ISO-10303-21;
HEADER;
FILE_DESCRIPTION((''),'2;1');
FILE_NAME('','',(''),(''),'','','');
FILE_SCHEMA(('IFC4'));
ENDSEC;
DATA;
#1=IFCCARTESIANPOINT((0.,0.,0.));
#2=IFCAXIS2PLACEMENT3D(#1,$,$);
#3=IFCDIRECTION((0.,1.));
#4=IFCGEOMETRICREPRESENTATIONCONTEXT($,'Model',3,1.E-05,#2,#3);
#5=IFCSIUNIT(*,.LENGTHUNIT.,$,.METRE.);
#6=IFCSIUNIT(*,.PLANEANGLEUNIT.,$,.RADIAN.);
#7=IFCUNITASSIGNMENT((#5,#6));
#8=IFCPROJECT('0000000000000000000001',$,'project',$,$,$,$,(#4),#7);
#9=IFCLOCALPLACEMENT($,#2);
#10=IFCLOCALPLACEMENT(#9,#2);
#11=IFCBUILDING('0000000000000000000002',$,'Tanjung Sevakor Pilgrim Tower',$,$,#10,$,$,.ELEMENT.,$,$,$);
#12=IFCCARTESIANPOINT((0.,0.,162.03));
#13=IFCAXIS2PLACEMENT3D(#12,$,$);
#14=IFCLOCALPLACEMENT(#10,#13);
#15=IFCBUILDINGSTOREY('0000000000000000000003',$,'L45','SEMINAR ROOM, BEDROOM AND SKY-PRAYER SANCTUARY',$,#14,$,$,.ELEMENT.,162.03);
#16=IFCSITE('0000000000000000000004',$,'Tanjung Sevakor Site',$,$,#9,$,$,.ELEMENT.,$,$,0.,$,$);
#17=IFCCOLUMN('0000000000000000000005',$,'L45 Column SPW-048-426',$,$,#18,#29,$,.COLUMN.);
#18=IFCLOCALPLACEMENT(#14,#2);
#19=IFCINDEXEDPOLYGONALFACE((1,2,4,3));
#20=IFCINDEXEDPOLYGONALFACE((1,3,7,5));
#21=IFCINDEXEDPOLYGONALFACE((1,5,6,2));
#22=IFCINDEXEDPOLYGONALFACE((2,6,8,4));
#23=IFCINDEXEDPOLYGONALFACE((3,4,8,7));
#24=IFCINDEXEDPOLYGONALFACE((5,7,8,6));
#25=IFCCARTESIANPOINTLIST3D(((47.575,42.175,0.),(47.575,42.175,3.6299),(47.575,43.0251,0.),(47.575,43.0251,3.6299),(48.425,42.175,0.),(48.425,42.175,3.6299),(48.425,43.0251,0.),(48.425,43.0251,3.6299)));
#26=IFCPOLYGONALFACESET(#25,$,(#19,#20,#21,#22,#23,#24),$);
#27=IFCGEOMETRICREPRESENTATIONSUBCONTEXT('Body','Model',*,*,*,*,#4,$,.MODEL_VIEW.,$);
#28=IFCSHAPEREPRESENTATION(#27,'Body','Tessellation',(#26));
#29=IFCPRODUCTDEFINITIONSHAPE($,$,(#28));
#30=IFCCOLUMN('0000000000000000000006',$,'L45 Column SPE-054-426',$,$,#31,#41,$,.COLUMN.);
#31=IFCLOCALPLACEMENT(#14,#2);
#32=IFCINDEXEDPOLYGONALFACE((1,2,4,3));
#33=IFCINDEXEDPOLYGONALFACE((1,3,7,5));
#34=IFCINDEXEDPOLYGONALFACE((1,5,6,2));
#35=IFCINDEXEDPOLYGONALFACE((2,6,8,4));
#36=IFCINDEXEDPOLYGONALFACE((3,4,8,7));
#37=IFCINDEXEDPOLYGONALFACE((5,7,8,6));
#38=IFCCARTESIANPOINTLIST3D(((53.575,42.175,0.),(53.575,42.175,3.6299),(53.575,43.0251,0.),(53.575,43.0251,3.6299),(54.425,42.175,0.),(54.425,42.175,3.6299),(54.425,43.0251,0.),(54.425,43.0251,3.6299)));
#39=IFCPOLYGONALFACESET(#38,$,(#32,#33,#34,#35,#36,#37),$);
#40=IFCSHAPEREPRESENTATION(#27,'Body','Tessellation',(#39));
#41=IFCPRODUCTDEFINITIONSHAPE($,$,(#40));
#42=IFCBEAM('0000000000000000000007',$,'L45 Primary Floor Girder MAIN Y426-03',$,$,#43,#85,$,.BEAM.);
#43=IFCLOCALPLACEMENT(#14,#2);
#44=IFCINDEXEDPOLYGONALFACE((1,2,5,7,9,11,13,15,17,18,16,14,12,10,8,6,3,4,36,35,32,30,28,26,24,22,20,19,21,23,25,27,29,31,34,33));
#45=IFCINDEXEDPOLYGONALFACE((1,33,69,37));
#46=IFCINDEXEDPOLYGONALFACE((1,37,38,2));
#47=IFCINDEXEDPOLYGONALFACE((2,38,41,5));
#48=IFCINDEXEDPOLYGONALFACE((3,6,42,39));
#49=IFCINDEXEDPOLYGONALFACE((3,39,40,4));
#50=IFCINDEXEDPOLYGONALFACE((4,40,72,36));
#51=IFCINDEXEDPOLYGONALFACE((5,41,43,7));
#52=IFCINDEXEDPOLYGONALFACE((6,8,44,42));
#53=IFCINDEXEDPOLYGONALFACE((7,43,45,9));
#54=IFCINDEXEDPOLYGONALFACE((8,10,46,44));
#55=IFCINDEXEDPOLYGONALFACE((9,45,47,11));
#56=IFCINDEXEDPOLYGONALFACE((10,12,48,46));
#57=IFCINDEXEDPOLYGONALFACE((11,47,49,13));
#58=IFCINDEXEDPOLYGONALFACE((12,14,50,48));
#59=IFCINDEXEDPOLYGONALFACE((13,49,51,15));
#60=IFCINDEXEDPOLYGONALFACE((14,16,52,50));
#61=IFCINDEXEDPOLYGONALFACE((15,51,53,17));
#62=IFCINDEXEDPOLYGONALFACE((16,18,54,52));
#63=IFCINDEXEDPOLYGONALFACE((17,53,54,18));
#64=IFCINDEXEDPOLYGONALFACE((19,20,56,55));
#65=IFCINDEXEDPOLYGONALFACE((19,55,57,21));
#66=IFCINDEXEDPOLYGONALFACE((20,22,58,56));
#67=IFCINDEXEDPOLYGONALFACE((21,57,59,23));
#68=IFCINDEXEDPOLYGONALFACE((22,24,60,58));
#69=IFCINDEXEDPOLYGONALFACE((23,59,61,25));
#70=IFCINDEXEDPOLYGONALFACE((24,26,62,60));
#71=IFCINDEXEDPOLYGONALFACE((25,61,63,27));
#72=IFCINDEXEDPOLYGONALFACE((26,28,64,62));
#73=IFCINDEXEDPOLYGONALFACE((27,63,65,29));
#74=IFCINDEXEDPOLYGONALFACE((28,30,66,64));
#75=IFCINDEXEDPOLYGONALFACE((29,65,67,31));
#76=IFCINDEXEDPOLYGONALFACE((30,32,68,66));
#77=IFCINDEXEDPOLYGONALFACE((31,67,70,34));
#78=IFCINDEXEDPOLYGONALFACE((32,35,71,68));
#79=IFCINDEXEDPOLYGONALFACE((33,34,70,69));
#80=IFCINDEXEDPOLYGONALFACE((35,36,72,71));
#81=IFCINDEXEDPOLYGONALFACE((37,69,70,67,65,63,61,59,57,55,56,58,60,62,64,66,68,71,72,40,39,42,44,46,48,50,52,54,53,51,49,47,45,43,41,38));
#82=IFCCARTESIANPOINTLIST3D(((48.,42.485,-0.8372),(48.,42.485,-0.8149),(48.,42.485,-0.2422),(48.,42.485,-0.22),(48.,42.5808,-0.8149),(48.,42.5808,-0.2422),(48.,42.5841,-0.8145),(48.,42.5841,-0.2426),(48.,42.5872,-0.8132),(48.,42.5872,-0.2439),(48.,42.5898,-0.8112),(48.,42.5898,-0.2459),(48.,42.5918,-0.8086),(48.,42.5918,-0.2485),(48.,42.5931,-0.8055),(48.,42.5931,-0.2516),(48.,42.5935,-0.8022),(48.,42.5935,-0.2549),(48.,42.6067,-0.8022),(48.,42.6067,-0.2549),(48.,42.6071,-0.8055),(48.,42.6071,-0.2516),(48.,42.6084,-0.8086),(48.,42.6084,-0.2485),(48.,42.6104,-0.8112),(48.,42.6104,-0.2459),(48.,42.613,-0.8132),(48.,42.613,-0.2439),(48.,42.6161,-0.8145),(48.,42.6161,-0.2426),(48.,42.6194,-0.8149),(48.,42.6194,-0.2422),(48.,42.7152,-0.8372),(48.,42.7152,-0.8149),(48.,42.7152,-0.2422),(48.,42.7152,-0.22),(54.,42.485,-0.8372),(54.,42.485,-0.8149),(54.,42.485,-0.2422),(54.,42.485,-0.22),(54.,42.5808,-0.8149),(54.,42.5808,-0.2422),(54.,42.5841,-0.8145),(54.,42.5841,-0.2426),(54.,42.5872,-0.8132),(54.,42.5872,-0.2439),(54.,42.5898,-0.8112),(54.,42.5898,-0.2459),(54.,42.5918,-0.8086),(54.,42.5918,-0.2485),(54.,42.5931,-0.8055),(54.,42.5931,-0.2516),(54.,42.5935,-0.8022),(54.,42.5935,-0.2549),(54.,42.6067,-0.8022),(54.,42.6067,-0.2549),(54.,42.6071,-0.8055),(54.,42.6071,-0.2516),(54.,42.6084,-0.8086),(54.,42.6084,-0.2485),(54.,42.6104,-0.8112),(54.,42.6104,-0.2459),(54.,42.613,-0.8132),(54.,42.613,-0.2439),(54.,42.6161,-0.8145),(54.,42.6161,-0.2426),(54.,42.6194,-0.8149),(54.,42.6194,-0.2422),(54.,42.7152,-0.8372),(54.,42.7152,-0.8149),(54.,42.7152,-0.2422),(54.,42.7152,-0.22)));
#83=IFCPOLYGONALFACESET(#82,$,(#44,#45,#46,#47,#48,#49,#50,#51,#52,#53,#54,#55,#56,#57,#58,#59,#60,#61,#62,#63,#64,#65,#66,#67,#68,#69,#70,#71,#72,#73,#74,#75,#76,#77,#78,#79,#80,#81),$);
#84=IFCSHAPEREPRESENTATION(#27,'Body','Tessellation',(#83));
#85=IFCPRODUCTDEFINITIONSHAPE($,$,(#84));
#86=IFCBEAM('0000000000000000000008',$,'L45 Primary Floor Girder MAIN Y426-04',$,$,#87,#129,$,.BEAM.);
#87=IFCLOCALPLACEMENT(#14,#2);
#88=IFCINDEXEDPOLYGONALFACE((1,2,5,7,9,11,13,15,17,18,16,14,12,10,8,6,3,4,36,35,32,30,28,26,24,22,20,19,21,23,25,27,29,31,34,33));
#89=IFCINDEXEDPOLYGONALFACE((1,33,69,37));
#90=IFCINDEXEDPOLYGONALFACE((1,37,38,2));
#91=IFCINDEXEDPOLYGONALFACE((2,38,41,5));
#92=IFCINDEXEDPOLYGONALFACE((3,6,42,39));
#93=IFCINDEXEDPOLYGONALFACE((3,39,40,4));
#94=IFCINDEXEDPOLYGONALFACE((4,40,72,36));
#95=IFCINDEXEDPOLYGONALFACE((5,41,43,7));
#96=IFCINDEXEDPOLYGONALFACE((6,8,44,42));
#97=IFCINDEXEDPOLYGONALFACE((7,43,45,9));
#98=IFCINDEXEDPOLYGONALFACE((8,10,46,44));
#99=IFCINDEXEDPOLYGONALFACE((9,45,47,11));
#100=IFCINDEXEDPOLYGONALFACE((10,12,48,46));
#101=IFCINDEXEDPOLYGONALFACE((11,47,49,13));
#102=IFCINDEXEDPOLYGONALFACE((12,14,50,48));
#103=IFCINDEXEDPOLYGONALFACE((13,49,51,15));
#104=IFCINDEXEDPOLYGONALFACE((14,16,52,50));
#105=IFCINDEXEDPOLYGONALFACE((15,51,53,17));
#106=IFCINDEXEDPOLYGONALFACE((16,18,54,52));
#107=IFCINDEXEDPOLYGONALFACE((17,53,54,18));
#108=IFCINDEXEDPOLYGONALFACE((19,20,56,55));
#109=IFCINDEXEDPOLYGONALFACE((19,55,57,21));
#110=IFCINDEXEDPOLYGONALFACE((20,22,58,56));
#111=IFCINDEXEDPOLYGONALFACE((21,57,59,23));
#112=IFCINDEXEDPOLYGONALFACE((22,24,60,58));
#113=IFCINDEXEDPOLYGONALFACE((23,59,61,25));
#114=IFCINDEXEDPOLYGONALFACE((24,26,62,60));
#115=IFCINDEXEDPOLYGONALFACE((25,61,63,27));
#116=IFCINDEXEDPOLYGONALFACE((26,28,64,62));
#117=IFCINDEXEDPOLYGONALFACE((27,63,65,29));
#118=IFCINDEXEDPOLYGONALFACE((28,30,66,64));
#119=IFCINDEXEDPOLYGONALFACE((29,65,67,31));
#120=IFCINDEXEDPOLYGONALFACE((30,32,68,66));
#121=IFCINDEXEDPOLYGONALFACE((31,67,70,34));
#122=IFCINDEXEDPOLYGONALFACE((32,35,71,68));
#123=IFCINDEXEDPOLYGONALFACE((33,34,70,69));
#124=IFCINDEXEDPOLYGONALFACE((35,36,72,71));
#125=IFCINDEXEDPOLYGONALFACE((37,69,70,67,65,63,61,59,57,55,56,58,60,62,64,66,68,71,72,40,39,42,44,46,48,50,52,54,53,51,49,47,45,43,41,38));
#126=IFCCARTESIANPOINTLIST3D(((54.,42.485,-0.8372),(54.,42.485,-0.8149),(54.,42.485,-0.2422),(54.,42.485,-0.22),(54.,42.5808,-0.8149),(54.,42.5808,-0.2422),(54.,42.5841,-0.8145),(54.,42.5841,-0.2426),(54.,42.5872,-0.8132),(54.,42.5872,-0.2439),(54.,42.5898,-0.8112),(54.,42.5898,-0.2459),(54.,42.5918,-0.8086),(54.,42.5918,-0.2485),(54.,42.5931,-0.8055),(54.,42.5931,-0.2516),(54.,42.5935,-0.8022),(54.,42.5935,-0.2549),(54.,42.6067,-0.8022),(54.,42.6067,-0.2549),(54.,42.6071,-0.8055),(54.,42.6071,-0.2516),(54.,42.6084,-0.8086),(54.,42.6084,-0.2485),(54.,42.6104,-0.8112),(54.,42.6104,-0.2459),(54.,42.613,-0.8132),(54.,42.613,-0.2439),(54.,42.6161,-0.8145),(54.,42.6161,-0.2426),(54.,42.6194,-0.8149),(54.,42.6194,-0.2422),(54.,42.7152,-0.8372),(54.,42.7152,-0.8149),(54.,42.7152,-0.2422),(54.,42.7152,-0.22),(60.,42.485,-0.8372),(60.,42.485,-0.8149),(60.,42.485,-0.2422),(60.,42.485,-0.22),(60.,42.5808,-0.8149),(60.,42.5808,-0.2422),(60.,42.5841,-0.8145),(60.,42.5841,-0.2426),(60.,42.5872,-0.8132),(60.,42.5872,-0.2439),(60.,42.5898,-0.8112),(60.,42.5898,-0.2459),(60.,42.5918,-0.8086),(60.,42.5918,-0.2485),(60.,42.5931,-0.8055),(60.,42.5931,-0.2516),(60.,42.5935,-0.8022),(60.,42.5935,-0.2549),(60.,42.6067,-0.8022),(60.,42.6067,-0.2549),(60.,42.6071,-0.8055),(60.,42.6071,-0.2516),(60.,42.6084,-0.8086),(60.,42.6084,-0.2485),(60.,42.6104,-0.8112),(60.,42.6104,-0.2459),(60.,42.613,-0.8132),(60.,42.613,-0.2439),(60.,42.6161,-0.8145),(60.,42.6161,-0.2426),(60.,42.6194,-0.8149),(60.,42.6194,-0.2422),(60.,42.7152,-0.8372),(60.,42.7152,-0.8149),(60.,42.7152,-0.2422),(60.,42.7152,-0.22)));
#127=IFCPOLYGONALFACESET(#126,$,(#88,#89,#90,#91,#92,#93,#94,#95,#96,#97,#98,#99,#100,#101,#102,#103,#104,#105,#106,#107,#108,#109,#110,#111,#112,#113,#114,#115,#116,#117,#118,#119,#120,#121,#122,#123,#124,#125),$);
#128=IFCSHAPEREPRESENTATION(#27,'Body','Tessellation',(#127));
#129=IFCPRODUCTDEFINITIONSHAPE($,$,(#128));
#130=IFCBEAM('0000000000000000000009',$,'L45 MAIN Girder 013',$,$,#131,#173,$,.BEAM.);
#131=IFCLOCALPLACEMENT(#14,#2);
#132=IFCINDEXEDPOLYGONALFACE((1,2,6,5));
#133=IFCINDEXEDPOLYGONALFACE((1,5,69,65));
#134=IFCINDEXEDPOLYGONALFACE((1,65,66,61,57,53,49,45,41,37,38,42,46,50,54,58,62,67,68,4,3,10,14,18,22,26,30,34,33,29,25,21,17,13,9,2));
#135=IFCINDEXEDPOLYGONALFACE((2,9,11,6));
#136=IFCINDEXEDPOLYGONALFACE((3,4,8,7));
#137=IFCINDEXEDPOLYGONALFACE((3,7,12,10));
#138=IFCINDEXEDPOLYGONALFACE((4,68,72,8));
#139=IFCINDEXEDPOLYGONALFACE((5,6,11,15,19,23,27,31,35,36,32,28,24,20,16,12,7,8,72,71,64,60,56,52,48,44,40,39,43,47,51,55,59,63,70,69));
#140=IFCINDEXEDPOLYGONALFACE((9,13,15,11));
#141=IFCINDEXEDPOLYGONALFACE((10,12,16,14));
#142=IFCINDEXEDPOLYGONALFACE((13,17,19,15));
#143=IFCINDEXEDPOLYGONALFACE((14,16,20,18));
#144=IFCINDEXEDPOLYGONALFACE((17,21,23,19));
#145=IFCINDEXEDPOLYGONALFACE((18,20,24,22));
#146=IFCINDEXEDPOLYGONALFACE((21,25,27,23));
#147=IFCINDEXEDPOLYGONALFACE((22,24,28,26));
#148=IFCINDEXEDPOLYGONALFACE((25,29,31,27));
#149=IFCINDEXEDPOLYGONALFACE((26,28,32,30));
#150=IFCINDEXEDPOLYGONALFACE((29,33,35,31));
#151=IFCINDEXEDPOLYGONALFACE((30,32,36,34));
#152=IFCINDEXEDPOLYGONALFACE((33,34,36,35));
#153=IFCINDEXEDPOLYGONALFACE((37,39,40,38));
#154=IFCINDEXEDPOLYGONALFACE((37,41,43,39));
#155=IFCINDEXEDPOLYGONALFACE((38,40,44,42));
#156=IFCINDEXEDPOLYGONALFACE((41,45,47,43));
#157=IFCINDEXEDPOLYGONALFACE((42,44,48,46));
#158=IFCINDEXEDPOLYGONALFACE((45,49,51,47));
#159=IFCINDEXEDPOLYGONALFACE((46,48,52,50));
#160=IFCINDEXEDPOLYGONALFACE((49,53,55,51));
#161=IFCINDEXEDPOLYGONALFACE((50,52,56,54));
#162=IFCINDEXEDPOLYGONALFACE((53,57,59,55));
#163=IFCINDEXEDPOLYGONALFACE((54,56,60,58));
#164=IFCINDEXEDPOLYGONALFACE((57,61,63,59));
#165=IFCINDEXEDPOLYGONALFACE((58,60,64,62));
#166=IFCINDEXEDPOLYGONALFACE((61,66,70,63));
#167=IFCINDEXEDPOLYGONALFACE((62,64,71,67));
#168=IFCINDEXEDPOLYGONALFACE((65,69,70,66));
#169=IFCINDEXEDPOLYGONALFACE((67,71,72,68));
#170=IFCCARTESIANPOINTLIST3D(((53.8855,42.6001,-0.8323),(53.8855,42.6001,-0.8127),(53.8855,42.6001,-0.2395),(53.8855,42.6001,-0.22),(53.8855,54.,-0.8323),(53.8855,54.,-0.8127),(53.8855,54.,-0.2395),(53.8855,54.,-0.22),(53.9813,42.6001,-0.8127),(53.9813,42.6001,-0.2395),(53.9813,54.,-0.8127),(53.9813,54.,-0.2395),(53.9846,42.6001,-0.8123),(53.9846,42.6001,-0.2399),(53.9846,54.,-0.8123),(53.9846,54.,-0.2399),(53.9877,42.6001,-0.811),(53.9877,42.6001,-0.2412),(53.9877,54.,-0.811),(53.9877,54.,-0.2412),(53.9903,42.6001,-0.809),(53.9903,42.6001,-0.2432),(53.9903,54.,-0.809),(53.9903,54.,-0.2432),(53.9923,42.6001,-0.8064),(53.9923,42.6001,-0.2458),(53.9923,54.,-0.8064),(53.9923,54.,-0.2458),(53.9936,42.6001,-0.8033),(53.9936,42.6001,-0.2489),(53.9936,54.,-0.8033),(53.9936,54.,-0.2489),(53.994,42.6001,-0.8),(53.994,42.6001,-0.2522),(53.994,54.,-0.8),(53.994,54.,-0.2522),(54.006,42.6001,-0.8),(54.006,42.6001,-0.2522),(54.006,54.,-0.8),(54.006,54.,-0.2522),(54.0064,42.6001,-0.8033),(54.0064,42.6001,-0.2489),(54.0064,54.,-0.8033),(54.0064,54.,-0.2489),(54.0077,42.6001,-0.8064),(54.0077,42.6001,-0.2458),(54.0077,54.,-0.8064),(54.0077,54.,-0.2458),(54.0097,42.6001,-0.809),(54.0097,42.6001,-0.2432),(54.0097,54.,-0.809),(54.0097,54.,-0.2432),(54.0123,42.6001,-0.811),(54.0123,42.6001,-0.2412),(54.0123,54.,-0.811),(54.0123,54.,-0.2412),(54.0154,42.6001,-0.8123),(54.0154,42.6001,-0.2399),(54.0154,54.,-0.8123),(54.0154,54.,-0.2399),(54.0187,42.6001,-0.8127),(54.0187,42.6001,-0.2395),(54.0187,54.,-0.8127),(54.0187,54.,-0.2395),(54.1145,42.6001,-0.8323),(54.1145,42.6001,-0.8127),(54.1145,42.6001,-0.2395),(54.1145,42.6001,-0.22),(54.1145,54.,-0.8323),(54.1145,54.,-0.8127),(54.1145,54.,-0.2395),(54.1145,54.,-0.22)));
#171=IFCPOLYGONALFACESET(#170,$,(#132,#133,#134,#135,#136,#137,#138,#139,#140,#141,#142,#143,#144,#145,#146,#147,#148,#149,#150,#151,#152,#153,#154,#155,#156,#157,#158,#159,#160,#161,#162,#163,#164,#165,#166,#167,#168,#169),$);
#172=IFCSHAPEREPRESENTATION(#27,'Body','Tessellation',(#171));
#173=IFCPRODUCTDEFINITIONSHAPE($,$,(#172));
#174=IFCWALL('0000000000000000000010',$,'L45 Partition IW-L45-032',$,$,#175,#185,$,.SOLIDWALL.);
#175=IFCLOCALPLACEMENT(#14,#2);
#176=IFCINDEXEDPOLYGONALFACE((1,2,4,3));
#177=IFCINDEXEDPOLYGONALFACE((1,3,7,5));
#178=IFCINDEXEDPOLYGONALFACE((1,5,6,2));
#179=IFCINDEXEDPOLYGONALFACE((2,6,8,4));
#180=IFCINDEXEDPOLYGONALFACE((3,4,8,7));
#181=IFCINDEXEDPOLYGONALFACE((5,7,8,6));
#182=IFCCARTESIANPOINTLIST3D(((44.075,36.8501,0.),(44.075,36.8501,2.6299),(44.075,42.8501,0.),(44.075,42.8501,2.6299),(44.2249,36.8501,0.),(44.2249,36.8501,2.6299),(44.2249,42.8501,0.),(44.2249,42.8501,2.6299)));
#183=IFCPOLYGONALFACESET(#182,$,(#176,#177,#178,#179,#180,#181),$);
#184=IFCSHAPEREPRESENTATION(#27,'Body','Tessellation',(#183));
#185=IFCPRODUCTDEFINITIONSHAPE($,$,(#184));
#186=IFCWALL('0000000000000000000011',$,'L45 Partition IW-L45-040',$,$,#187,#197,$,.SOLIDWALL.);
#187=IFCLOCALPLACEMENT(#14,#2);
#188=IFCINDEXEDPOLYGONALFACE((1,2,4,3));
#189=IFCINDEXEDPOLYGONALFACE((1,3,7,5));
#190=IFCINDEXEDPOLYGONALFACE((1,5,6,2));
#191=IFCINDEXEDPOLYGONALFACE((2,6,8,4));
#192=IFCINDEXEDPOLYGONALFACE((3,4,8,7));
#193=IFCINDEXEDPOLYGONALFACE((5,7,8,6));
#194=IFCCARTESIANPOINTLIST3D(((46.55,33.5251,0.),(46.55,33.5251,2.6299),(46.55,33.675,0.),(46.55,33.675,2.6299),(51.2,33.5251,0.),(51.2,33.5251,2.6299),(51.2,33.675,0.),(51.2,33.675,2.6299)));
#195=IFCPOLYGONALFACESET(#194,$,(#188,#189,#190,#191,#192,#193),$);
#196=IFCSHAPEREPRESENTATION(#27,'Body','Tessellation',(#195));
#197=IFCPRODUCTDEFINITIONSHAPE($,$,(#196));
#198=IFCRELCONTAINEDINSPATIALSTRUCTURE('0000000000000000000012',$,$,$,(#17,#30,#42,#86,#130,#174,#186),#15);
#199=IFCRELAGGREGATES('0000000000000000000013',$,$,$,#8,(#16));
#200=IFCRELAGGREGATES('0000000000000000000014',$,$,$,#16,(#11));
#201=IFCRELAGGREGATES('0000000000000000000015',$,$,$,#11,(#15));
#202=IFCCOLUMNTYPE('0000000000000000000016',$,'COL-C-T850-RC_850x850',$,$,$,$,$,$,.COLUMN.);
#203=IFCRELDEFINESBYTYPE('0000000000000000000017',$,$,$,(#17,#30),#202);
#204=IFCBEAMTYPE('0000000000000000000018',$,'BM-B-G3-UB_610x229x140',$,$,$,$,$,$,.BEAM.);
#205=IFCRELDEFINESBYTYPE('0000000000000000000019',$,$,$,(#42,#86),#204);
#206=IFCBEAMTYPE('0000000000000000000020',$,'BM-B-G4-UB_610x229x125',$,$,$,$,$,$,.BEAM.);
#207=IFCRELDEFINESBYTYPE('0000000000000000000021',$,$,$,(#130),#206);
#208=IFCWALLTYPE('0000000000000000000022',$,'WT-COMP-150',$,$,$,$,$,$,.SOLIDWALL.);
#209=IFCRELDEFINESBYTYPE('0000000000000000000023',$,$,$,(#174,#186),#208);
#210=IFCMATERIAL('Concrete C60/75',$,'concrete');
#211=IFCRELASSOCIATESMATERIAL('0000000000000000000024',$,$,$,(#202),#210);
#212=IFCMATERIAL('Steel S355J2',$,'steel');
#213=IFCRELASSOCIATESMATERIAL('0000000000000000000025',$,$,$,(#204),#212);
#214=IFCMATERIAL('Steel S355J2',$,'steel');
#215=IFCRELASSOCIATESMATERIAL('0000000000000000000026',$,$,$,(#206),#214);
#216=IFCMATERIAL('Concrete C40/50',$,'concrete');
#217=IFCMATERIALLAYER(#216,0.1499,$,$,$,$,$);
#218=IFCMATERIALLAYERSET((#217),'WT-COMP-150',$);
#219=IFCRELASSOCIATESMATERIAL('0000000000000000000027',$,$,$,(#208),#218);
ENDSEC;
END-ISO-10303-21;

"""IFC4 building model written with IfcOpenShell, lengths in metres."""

from ifc_helpers import new_model, si_unit, direction, frame, frame_2d, origin, origin_2d, place, context, subcontext, project, spatial, rectangle, i_section, extrude, material, layer, layer_set, material_profile, profile_set, type_object, element, save


model = new_model("IFC4")

# Units and contexts
model_context = context("Model", 3, precision=1e-05, world=origin(), true_north=direction((0.0, 1.0)))
body_context = subcontext(model_context, "Body", "Model", "MODEL_VIEW")
ifc_project = project(units=[si_unit("LENGTHUNIT", "METRE"), si_unit("PLANEANGLEUNIT", "RADIAN")], contexts=[model_context])

# Site, building, storey
site_placement = place(None, origin())
site = spatial("IfcSite", under=ifc_project, at=site_placement, Name="Tanjung Sevakor Site", CompositionType="ELEMENT", RefElevation=0.0)
building_placement = place(site_placement, origin())
building = spatial("IfcBuilding", under=site, at=building_placement, Name="Tanjung Sevakor Pilgrim Tower", CompositionType="ELEMENT")
storey_placement = place(building_placement, frame((0.0, 0.0, 162.03)))
storey = spatial("IfcBuildingStorey", under=building, at=storey_placement, Name="L45", Description="SEMINAR ROOM, BEDROOM AND SKY-PRAYER SANCTUARY", CompositionType="ELEMENT", Elevation=162.03)

# Columns
ifc_material_1 = material(Name="Concrete C60/75", Category="concrete")
ifc_material_profile_1 = material_profile(ifc_material_1, rectangle(XDim=0.8501, YDim=0.8501, at=origin_2d()))
ifc_profile_set_1 = profile_set([ifc_material_profile_1], Name="Concrete C60/75")
column_type = type_object("IfcColumnType", Name="COL-C-T850-RC_850x850", PredefinedType="COLUMN", material=ifc_profile_set_1)
for number, where, z_axis, x_axis, name in (
    (1, (48.0, 42.6001, 0.0), (0.0, 0.0, 1.0), (1.0, 0.0, 0.0), "L45 Column SPW-048-426"),
    (2, (54.0, 42.6001, 0.0), (0.0, 0.0, 1.0), (1.0, 0.0, 0.0), "L45 Column SPE-054-426"),
):
    element("IfcColumn", number, at=place(storey_placement, frame(where, z_axis=z_axis, x_axis=x_axis)), inside=storey, type_object=column_type, Name=name, PredefinedType="COLUMN", context=body_context, shape_type="SweptSolid", body=[
        extrude(rectangle(XDim=0.8501, YDim=0.8501, at=origin_2d()), origin(), (0.0, 0.0, 1.0), 3.6299),
    ])

# Beams
ifc_material_2 = material(Name="Steel S355J2", Category="steel")
ifc_material_profile_2 = material_profile(ifc_material_2, i_section(OverallWidth=0.2302, OverallDepth=0.6172, WebThickness=0.0132, FlangeThickness=0.0222, FilletRadius=0.0127, at=origin_2d()))
ifc_profile_set_2 = profile_set([ifc_material_profile_2], Name="Steel S355J2")
beam_type_1 = type_object("IfcBeamType", Name="BM-B-G3-UB_610x229x140", PredefinedType="BEAM", material=ifc_profile_set_2)
for number, where, z_axis, x_axis, name in (
    (3, (48.0, 42.6001, -0.5286), (1.0, 0.0, 0.0), (0.0, 1.0, 0.0), "L45 Primary Floor Girder MAIN Y426-03"),
    (4, (54.0, 42.6001, -0.5286), (1.0, 0.0, 0.0), (0.0, 1.0, 0.0), "L45 Primary Floor Girder MAIN Y426-04"),
):
    element("IfcBeam", number, at=place(storey_placement, frame(where, z_axis=z_axis, x_axis=x_axis)), inside=storey, type_object=beam_type_1, Name=name, PredefinedType="BEAM", context=body_context, shape_type="SweptSolid", body=[
        extrude(i_section(OverallWidth=0.2302, OverallDepth=0.6172, WebThickness=0.0132, FlangeThickness=0.0222, FilletRadius=0.0127, at=origin_2d()), origin(), (0.0, 0.0, 1.0), 6.0),
    ])
ifc_material_3 = material(Name="Steel S355J2", Category="steel")
ifc_material_profile_3 = material_profile(ifc_material_3, i_section(OverallWidth=0.229, OverallDepth=0.6123, WebThickness=0.012, FlangeThickness=0.0195, FilletRadius=0.0127, at=origin_2d()))
ifc_profile_set_3 = profile_set([ifc_material_profile_3], Name="Steel S355J2")
beam_type_2 = type_object("IfcBeamType", Name="BM-B-G4-UB_610x229x125", PredefinedType="BEAM", material=ifc_profile_set_3)
beam_placement = place(storey_placement, frame((54.0, 42.6001, -0.5261), z_axis=(0.0, 1.0, 0.0), x_axis=(-1.0, 0.0, 0.0)))
element("IfcBeam", 5, at=beam_placement, inside=storey, type_object=beam_type_2, Name="L45 MAIN Girder 013", PredefinedType="BEAM", context=body_context, shape_type="SweptSolid", body=[
    extrude(i_section(OverallWidth=0.229, OverallDepth=0.6123, WebThickness=0.012, FlangeThickness=0.0195, FilletRadius=0.0127, at=origin_2d()), origin(), (0.0, 0.0, 1.0), 11.3999),
])

# Walls
ifc_material_4 = material(Name="Concrete C40/50", Category="concrete")
ifc_layer_1 = layer(ifc_material_4, 0.1499)
ifc_layer_set_1 = layer_set([ifc_layer_1], Name="WT-COMP-150")
wall_type_1 = type_object("IfcWallType", Name="WT-COMP-150", PredefinedType="SOLIDWALL", material=ifc_layer_set_1)
wall_1_placement = place(storey_placement, frame((44.1499, 36.8501, 0.0), z_axis=(0.0, 0.0, 1.0), x_axis=(0.0, 1.0, 0.0)))
element("IfcWall", 6, at=wall_1_placement, inside=storey, type_object=wall_type_1, Name="L45 Partition IW-L45-032", PredefinedType="SOLIDWALL", context=body_context, shape_type="SweptSolid", body=[
    extrude(rectangle(XDim=6.0, YDim=0.1499, at=frame_2d((3.0, 0.0))), origin(), (0.0, 0.0, 1.0), 2.6299),
])
for number, where, z_axis, x_axis, name in (
    (7, (46.55, 33.6001, 0.0), (0.0, 0.0, 1.0), (1.0, 0.0, 0.0), "L45 Partition IW-L45-040"),
):
    element("IfcWall", number, at=place(storey_placement, frame(where, z_axis=z_axis, x_axis=x_axis)), inside=storey, type_object=wall_type_1, Name=name, PredefinedType="SOLIDWALL", context=body_context, shape_type="SweptSolid", body=[
        extrude(rectangle(XDim=4.6499, YDim=0.1499, at=frame_2d((2.325, 0.0))), origin(), (0.0, 0.0, 1.0), 2.6299),
    ])

save(model, "model.ifc")
